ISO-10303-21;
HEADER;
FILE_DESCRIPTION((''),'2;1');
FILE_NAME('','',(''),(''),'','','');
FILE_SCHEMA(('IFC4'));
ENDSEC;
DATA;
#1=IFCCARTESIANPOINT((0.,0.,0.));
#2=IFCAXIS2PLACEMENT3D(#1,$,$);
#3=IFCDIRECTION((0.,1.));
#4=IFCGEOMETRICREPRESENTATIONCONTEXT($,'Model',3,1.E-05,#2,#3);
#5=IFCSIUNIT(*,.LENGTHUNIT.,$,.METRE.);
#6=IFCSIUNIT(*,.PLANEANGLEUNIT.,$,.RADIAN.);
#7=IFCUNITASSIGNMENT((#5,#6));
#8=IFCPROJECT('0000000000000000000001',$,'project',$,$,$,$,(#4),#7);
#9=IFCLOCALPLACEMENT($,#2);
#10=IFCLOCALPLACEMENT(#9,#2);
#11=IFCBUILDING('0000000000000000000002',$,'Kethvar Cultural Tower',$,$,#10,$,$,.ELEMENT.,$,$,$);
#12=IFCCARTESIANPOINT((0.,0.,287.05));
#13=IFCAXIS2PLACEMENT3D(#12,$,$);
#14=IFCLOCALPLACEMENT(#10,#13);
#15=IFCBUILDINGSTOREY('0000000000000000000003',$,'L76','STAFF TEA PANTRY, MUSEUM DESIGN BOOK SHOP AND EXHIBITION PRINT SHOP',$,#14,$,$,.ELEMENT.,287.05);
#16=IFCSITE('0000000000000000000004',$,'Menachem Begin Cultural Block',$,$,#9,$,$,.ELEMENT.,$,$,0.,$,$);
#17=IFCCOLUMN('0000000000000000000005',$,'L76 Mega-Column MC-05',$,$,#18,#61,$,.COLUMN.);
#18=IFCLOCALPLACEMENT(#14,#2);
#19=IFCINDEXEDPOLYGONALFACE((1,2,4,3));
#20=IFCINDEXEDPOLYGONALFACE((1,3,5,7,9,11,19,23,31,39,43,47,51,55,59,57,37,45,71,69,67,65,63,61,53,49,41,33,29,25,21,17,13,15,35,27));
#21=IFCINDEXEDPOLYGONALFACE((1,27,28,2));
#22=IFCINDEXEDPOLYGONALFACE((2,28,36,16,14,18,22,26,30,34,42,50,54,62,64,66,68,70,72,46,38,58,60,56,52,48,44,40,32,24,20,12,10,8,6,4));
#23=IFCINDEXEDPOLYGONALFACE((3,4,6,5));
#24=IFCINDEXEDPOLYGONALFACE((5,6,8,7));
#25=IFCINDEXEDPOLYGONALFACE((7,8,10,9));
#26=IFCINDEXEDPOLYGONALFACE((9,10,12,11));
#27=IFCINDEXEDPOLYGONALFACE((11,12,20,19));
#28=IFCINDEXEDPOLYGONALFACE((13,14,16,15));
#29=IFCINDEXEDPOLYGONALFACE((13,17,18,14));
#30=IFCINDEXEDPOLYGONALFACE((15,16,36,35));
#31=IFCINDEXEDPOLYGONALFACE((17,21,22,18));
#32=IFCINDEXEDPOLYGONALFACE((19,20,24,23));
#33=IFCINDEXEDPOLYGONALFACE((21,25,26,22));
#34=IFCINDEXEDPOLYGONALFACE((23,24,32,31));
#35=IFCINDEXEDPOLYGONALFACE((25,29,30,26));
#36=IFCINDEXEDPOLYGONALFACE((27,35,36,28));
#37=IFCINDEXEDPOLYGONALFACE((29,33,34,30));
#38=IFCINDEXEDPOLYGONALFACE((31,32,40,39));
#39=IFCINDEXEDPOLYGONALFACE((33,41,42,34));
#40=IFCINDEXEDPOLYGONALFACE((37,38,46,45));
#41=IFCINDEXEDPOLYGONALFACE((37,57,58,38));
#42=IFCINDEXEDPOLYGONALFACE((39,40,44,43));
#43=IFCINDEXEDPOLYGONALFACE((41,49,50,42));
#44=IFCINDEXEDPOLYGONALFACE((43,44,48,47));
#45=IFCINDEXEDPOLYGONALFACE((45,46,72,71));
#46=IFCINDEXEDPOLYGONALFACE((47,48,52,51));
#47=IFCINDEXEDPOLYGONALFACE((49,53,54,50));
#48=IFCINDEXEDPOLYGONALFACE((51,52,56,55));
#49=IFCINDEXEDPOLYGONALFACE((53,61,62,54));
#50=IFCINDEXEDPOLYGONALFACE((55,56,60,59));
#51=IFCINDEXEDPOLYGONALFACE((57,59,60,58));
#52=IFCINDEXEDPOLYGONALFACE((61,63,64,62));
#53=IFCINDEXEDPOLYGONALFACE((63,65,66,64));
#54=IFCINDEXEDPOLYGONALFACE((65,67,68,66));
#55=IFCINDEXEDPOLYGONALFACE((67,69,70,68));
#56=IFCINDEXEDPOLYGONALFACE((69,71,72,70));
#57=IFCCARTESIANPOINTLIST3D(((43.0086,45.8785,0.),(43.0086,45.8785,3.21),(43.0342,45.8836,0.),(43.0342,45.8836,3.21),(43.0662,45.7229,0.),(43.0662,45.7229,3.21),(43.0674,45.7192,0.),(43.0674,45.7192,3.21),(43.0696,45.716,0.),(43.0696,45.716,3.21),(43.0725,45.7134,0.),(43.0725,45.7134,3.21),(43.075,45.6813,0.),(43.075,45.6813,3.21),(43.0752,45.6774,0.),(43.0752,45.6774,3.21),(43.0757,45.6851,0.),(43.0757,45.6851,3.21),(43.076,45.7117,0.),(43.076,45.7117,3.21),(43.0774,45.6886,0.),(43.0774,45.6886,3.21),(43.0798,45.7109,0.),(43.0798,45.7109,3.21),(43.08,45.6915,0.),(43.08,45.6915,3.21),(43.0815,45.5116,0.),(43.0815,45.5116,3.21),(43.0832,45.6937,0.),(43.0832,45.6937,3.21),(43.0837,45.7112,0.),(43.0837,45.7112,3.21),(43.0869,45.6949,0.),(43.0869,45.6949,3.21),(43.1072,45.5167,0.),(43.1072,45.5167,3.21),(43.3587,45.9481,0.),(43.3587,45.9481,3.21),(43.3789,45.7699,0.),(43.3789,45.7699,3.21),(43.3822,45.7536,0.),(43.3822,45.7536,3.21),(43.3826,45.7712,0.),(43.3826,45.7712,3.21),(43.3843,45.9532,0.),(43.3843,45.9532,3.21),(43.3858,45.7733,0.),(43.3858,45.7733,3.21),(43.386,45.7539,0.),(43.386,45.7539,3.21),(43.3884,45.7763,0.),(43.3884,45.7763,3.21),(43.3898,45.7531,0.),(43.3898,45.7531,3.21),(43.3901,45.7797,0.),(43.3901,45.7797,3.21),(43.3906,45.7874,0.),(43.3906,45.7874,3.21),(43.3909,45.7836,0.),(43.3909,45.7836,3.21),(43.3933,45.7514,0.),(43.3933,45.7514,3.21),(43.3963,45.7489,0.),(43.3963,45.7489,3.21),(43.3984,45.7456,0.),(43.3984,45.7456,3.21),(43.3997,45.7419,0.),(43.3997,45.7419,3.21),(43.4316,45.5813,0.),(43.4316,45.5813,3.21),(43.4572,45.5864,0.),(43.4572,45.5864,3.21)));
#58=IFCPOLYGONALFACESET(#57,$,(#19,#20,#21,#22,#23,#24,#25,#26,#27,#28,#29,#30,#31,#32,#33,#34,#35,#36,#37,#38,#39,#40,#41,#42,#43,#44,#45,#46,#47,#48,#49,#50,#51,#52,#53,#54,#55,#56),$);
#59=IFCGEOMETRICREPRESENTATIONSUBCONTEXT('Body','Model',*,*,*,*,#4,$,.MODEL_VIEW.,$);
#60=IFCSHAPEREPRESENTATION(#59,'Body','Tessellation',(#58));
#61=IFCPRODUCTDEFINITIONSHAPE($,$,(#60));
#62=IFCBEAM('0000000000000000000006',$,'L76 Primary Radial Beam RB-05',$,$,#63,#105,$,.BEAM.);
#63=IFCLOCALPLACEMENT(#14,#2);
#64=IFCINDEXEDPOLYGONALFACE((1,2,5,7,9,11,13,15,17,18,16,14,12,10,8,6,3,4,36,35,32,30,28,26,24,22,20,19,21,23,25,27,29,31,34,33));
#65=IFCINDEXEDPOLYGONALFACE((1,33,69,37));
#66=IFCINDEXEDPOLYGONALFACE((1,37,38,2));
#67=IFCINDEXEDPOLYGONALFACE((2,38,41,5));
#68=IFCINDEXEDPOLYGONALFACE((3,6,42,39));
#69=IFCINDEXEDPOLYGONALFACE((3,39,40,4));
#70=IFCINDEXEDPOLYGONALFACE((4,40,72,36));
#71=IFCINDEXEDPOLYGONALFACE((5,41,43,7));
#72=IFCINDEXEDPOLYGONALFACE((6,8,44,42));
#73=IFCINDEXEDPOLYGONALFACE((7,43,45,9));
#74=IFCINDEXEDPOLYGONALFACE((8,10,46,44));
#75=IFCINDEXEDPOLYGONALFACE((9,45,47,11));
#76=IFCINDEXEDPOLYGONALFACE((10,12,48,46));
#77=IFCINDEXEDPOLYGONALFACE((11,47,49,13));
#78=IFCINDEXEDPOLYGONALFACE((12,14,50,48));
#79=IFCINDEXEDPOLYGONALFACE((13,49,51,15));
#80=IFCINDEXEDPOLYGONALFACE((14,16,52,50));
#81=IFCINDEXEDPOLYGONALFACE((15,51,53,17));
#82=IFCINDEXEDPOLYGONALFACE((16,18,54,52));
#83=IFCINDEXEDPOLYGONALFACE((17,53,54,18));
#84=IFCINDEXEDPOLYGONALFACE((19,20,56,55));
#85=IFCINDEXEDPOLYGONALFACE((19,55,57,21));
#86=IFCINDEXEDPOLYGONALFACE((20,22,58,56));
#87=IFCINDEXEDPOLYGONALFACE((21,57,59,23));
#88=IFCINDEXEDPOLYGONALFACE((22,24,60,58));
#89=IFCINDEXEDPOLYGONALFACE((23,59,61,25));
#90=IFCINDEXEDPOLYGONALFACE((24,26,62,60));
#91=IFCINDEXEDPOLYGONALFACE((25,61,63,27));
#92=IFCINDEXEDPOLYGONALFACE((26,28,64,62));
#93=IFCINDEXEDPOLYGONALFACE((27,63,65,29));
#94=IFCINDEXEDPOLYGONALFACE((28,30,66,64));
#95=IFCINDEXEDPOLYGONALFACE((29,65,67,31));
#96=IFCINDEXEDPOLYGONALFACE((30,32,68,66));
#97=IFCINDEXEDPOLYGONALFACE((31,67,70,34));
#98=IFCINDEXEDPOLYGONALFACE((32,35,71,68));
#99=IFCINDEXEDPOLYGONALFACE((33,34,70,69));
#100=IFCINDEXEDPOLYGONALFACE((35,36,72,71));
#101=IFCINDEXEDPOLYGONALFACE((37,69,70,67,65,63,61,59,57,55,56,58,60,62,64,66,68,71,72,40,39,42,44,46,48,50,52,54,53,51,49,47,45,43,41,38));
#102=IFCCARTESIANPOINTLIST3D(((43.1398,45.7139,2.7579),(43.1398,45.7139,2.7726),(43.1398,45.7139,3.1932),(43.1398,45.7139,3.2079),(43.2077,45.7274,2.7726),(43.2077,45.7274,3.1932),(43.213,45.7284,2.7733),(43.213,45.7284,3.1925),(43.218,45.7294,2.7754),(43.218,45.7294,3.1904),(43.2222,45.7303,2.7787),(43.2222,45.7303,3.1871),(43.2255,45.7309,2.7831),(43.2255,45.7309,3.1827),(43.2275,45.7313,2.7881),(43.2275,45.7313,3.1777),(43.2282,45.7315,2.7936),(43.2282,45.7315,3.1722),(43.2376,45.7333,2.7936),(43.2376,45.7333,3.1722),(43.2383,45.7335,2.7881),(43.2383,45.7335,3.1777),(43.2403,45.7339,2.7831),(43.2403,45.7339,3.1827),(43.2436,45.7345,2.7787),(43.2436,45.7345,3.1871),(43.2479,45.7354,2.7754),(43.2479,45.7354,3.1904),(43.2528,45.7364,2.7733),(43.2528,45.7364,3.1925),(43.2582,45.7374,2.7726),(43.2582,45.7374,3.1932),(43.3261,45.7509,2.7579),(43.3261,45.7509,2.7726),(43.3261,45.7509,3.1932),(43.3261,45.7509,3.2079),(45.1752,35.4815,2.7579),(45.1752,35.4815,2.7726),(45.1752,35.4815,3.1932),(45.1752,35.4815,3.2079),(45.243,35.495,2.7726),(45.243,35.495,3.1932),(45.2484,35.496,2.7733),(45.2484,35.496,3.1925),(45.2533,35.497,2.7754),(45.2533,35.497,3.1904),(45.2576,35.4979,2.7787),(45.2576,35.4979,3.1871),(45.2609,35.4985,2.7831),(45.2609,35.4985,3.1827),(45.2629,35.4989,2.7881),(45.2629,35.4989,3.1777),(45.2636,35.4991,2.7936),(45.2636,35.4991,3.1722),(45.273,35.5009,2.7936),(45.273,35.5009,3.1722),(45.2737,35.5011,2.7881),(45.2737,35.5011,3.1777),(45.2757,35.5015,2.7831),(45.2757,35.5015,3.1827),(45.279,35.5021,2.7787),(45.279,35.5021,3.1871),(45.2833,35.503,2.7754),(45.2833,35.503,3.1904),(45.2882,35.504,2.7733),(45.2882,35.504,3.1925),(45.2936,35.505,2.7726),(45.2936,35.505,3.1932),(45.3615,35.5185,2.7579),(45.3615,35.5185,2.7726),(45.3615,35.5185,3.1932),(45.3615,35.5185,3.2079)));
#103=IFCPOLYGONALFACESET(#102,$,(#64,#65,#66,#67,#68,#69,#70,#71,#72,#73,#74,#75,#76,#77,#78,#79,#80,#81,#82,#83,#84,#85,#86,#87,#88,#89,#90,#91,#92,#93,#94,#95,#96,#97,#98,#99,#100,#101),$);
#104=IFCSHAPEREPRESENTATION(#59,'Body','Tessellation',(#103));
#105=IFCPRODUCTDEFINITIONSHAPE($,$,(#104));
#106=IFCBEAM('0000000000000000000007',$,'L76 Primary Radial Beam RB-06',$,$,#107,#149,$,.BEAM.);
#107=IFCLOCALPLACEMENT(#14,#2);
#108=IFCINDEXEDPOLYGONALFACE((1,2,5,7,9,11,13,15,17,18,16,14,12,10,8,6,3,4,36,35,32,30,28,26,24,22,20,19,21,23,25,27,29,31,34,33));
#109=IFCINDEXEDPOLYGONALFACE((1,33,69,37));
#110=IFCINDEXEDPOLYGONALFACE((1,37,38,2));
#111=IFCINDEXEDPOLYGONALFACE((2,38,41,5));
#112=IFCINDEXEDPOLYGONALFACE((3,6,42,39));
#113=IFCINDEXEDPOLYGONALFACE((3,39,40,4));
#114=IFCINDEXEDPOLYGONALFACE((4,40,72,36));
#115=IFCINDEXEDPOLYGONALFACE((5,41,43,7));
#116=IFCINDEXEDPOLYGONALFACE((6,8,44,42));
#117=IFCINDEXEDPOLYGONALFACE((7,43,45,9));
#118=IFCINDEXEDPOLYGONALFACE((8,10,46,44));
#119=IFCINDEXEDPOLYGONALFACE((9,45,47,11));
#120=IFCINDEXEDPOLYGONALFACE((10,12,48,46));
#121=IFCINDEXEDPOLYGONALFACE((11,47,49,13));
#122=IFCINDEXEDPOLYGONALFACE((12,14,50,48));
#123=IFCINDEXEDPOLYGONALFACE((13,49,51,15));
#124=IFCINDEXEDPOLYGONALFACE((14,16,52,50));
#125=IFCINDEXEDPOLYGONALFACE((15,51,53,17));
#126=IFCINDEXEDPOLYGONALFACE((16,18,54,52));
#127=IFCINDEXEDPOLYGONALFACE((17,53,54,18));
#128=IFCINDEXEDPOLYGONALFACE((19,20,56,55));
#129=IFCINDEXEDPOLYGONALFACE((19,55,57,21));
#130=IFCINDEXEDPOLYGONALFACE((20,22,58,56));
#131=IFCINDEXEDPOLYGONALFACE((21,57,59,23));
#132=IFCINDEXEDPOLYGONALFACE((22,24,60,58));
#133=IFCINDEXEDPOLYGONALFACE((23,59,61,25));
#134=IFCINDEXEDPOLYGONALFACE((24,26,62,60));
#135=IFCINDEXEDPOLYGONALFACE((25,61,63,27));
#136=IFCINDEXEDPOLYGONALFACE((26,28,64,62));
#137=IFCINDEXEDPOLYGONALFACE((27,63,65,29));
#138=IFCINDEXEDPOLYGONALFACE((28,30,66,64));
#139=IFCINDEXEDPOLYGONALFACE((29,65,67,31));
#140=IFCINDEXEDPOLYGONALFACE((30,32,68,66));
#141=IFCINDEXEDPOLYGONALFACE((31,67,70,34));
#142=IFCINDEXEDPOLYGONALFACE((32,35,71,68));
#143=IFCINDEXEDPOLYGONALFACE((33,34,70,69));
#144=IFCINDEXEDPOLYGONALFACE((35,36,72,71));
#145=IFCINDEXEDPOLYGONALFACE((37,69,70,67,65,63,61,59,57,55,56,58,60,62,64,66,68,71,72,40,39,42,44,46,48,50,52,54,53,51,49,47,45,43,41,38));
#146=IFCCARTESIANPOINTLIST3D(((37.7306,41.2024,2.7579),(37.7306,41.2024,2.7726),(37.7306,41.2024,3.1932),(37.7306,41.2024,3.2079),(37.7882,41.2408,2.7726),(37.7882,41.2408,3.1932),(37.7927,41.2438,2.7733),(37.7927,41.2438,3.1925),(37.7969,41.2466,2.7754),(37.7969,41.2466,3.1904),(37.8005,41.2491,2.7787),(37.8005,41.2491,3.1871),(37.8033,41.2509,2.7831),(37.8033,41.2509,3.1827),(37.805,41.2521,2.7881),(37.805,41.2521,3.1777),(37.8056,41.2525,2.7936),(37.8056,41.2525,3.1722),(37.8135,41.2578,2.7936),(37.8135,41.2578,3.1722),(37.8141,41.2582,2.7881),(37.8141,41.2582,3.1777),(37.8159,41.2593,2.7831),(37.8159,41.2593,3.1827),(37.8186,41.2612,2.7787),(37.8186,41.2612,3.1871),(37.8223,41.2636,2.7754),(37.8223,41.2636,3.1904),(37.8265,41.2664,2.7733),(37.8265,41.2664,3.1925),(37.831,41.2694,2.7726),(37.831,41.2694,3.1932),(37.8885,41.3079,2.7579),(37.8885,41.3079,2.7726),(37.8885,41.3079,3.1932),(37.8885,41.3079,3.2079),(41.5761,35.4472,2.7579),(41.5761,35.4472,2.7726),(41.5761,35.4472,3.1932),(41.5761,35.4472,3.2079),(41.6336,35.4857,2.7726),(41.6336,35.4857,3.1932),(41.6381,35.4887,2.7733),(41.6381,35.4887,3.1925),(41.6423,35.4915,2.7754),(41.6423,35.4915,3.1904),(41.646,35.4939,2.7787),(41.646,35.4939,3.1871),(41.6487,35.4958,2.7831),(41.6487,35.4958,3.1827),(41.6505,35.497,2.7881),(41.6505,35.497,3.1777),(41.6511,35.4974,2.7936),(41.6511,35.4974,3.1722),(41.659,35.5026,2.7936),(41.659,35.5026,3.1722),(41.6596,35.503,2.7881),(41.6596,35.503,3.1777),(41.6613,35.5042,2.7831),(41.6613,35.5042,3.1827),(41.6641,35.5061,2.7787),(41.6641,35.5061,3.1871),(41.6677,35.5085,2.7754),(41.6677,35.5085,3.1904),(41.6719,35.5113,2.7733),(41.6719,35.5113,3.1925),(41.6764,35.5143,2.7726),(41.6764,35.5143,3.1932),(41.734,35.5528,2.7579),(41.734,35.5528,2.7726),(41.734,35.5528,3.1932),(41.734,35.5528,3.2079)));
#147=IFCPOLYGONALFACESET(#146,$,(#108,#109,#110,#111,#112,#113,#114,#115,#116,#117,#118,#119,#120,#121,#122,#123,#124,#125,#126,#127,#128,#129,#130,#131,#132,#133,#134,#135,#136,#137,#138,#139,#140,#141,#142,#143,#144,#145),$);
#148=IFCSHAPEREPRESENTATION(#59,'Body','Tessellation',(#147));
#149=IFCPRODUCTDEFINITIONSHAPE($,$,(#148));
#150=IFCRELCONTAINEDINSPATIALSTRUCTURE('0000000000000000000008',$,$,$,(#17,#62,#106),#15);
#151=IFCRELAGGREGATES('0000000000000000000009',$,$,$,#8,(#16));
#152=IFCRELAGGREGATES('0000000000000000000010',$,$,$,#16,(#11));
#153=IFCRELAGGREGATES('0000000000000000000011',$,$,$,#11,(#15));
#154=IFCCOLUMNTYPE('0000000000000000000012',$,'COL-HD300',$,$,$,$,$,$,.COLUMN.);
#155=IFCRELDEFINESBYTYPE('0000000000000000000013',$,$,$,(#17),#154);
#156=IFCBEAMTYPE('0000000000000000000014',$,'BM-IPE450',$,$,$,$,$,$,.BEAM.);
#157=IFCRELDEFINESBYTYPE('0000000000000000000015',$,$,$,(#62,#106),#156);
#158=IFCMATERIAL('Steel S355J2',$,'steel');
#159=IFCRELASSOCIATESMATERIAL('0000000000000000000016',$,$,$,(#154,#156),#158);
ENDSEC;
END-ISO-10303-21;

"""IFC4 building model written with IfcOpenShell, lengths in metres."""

from ifc_helpers import new_model, si_unit, direction, frame, origin, origin_2d, place, context, subcontext, project, spatial, i_section, extrude, source, transform, mapped, material, material_profile, profile_set, type_object, element, save


model = new_model("IFC4")

# Units and contexts
model_context = context("Model", 3, precision=1e-05, world=origin(), true_north=direction((0.0, 1.0)))
body_context = subcontext(model_context, "Body", "Model", "MODEL_VIEW")
ifc_project = project(units=[si_unit("LENGTHUNIT", "METRE"), si_unit("PLANEANGLEUNIT", "RADIAN")], contexts=[model_context])

# Site, building, storey
site_placement = place(None, origin())
site = spatial("IfcSite", under=ifc_project, at=site_placement, Name="Menachem Begin Cultural Block", CompositionType="ELEMENT", RefElevation=0.0)
building_placement = place(site_placement, origin())
building = spatial("IfcBuilding", under=site, at=building_placement, Name="Kethvar Cultural Tower", CompositionType="ELEMENT")
storey_placement = place(building_placement, frame((0.0, 0.0, 287.05)))
storey = spatial("IfcBuildingStorey", under=building, at=storey_placement, Name="L76", Description="STAFF TEA PANTRY, MUSEUM DESIGN BOOK SHOP AND EXHIBITION PRINT SHOP", CompositionType="ELEMENT", Elevation=287.05)

# Column
ifc_material_1 = material(Name="Steel S355J2", Category="steel")
ifc_material_profile_1 = material_profile(ifc_material_1, i_section(OverallWidth=0.374, OverallDepth=0.3831, WebThickness=0.0166, FlangeThickness=0.0261, FilletRadius=0.0149, at=origin_2d()), Name="Steel S355J2 — HD360x300")
ifc_profile_set_1 = profile_set([ifc_material_profile_1], Name="Steel S355J2 — HD360x300")
column_type = type_object("IfcColumnType", Name="COL-HD300", PredefinedType="COLUMN", material=ifc_profile_set_1)
shared_shape_1 = source(origin(), body_context, "Body", "SweptSolid", [
    extrude(i_section(OverallWidth=0.374, OverallDepth=0.3831, WebThickness=0.0166, FlangeThickness=0.0261, FilletRadius=0.0149, at=origin_2d()), origin(), (0.0, 0.0, 1.0), 3.21),
])
column_placement = place(storey_placement, frame((43.2329, 45.7324, 0.0), z_axis=(0.0, 0.0, 1.0), x_axis=(-0.19509, 0.980785, 0.0)))
element("IfcColumn", 1, at=column_placement, inside=storey, type_object=column_type, Name="L76 Mega-Column MC-05", PredefinedType="COLUMN", context=body_context, shape_type="MappedRepresentation", body=[
    mapped(shared_shape_1, transform((0.0, 0.0, 0.0), scale=1.0)),
])

# Beams
ifc_material_profile_2 = material_profile(ifc_material_1, i_section(OverallWidth=0.1899, OverallDepth=0.45, WebThickness=0.0095, FlangeThickness=0.0146, FilletRadius=0.021, at=origin_2d()), Name="Steel S355J2 — IPE450")
ifc_profile_set_2 = profile_set([ifc_material_profile_2], Name="Steel S355J2 — IPE450")
beam_type_1 = type_object("IfcBeamType", Name="BM-IPE450", PredefinedType="BEAM", material=ifc_profile_set_2)
shared_shape_2 = source(origin(), body_context, "Body", "SweptSolid", [
    extrude(i_section(OverallWidth=0.1899, OverallDepth=0.45, WebThickness=0.0095, FlangeThickness=0.0146, FilletRadius=0.021, at=origin_2d()), origin(), (0.0, 0.0, 1.0), 10.4329),
])
beam_1_placement = place(storey_placement, frame((45.2683, 35.5, 2.9829), z_axis=(-0.195094, 0.980784, 0.0), x_axis=(-0.980784, -0.195094, 0.0)))
element("IfcBeam", 2, at=beam_1_placement, inside=storey, type_object=beam_type_1, Name="L76 Primary Radial Beam RB-05", PredefinedType="BEAM", context=body_context, shape_type="MappedRepresentation", body=[
    mapped(shared_shape_2, transform((0.0, 0.0, 0.0), scale=1.0)),
])
shared_shape_3 = source(origin(), body_context, "Body", "SweptSolid", [
    extrude(i_section(OverallWidth=0.1899, OverallDepth=0.45, WebThickness=0.0095, FlangeThickness=0.0146, FilletRadius=0.021, at=origin_2d()), origin(), (0.0, 0.0, 1.0), 6.9216),
])
beam_2_placement = place(storey_placement, frame((41.655, 35.5, 2.9829), z_axis=(-0.555571, 0.831469, 0.0), x_axis=(-0.831469, -0.555571, 0.0)))
element("IfcBeam", 3, at=beam_2_placement, inside=storey, type_object=beam_type_1, Name="L76 Primary Radial Beam RB-06", PredefinedType="BEAM", context=body_context, shape_type="MappedRepresentation", body=[
    mapped(shared_shape_3, transform((0.0, 0.0, 0.0), scale=1.0)),
])

save(model, "model.ifc")
